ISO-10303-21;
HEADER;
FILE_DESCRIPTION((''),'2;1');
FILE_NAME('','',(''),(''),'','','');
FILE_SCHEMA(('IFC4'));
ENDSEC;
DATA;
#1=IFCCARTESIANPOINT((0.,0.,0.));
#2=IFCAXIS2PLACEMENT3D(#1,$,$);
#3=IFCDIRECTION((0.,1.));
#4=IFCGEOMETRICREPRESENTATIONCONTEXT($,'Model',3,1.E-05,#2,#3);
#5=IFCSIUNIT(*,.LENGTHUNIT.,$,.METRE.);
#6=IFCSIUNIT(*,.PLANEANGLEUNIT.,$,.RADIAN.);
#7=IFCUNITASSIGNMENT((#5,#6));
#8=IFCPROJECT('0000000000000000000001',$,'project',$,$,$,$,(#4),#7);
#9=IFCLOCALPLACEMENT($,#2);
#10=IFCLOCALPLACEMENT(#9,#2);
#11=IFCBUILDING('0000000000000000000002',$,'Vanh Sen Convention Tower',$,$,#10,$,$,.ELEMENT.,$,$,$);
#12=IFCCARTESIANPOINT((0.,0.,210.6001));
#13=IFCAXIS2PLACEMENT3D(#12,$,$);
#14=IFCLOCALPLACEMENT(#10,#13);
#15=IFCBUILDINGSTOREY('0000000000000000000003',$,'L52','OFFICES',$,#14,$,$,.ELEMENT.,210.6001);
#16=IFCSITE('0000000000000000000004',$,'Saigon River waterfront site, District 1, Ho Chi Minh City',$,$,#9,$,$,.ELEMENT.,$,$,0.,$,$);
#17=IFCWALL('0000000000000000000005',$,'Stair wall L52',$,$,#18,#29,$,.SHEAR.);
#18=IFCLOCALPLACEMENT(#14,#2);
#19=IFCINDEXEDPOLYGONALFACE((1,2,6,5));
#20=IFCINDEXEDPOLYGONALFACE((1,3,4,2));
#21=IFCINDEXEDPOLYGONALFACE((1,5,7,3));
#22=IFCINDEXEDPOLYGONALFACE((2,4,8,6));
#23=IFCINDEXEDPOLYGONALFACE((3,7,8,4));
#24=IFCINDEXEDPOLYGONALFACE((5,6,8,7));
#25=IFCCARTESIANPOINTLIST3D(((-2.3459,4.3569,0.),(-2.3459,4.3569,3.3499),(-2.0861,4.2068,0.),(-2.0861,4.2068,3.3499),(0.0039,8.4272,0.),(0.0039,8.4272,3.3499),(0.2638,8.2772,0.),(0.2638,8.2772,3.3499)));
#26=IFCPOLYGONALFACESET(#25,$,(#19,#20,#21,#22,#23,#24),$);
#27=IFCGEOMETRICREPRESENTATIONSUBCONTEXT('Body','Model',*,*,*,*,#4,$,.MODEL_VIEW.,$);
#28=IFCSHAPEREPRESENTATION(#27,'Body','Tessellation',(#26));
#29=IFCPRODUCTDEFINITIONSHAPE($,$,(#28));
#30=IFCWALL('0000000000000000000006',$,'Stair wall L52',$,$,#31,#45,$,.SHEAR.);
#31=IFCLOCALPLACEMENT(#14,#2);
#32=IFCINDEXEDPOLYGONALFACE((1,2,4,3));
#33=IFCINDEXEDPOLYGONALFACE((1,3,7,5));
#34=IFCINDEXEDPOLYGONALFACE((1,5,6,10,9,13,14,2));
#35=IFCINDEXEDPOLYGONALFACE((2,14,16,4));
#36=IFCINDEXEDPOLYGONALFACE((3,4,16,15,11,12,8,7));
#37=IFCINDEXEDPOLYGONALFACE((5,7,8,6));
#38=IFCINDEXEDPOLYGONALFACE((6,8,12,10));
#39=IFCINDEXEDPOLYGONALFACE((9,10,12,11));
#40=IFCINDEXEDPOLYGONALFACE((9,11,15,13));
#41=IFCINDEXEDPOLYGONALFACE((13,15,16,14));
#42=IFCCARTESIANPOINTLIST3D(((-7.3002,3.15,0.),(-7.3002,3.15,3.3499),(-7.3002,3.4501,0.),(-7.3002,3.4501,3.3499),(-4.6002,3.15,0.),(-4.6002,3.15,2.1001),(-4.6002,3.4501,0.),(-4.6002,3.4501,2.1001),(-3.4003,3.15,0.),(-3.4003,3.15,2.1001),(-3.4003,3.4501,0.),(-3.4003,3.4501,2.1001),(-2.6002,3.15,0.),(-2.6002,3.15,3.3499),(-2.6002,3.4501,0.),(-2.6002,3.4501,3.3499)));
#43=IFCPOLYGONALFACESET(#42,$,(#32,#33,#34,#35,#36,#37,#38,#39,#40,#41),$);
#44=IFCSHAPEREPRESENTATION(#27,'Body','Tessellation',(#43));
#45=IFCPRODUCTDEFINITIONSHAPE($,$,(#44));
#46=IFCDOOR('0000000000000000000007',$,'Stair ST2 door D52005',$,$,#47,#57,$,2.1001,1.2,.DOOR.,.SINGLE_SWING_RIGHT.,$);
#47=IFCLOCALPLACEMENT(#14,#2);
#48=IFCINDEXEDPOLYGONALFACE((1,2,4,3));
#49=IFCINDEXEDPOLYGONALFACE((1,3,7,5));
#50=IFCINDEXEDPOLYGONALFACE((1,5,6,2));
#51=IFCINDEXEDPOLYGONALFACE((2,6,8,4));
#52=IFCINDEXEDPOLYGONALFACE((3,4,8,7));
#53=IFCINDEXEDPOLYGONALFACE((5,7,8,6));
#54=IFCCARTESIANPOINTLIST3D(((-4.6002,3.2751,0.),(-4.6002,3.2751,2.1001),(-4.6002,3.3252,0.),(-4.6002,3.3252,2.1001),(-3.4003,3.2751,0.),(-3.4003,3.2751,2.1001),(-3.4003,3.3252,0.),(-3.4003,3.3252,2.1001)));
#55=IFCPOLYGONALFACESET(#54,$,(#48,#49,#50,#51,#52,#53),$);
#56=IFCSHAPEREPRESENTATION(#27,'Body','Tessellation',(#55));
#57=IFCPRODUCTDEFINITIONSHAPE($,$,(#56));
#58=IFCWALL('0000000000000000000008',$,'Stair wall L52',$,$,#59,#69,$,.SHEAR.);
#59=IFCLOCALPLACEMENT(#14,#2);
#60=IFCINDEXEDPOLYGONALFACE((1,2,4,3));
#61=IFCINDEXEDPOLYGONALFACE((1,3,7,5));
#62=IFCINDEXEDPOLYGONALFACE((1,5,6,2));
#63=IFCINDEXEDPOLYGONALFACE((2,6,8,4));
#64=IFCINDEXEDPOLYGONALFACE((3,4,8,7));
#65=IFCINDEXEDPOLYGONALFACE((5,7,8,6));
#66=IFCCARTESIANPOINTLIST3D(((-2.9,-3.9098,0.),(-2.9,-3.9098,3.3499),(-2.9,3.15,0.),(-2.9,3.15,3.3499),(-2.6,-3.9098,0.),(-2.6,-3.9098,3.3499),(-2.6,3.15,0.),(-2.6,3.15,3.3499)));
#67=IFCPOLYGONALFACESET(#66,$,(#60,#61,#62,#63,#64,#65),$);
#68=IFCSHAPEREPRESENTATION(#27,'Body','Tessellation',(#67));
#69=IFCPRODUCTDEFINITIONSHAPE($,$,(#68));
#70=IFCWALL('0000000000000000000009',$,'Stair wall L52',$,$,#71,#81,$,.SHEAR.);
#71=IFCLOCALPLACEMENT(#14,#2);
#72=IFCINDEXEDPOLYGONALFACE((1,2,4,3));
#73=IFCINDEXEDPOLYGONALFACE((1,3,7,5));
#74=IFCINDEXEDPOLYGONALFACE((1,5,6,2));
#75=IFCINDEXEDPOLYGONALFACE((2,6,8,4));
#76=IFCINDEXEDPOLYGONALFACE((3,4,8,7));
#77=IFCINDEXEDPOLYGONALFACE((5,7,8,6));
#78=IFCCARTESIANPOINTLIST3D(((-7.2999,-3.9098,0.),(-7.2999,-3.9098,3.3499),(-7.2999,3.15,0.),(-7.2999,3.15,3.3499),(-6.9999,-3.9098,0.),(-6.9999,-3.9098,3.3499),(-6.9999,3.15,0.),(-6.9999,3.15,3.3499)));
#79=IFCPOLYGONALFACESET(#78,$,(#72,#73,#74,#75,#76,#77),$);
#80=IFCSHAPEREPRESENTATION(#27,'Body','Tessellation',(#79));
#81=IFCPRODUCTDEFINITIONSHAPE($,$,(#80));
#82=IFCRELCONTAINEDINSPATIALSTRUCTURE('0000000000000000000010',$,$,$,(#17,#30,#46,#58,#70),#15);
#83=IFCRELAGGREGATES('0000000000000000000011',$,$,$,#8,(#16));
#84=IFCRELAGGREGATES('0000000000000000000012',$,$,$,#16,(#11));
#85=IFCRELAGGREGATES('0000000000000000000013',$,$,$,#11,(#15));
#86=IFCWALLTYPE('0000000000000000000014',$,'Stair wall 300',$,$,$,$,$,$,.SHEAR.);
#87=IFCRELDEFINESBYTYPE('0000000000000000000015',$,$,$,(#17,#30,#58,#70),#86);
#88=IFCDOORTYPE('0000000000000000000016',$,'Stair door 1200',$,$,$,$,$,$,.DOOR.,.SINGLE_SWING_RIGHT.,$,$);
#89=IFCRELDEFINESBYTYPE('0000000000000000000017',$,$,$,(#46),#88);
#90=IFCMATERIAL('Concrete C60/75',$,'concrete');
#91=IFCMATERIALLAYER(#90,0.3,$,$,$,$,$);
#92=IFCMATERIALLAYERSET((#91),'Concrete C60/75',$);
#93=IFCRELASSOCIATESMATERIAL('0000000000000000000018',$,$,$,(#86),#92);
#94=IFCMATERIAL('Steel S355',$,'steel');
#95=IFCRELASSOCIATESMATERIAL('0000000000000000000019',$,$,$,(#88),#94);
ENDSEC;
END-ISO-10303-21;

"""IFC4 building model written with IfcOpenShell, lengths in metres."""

from ifc_helpers import new_model, si_unit, direction, frame, frame_2d, origin, place, context, subcontext, project, spatial, rectangle, extrude, material, layer, layer_set, type_object, element, fill, save


model = new_model("IFC4")

# Units and contexts
model_context = context("Model", 3, precision=1e-05, world=origin(), true_north=direction((0.0, 1.0)))
body_context = subcontext(model_context, "Body", "Model", "MODEL_VIEW")
ifc_project = project(units=[si_unit("LENGTHUNIT", "METRE"), si_unit("PLANEANGLEUNIT", "RADIAN")], contexts=[model_context])

# Site, building, storey
site_placement = place(None, origin())
site = spatial("IfcSite", under=ifc_project, at=site_placement, Name="Saigon River waterfront site, District 1, Ho Chi Minh City", CompositionType="ELEMENT", RefElevation=0.0)
building_placement = place(site_placement, origin())
building = spatial("IfcBuilding", under=site, at=building_placement, Name="Vanh Sen Convention Tower", CompositionType="ELEMENT")
storey_placement = place(building_placement, frame((0.0, 0.0, 210.6001)))
storey = spatial("IfcBuildingStorey", under=building, at=storey_placement, Name="L52", Description="OFFICES", CompositionType="ELEMENT", Elevation=210.6001)

# Shared definitions
ifc_material_1 = material(Name="Concrete C60/75", Category="concrete")

# Shared definitions
ifc_material_2 = material(Name="Steel S355", Category="steel")

# Wall
ifc_layer_1 = layer(ifc_material_1, 0.3)
ifc_layer_set_1 = layer_set([ifc_layer_1], Name="Concrete C60/75")
wall_type_1 = type_object("IfcWallType", Name="Stair wall 300", PredefinedType="SHEAR", material=ifc_layer_set_1)
wall_1_placement = place(storey_placement, frame((-2.2161, 4.2817, 0.0), z_axis=(0.0, 0.0, 1.0), x_axis=(0.499977, 0.866039, 0.0)))
element("IfcWall", 1, at=wall_1_placement, inside=storey, type_object=wall_type_1, Name="Stair wall L52", PredefinedType="SHEAR", context=body_context, shape_type="SweptSolid", body=[
    extrude(rectangle(XDim=4.7, YDim=0.3, at=frame_2d((2.3501, 0.0))), origin(), (0.0, 0.0, 1.0), 3.3499),
])

# Wall, opening, door
wall_2_placement = place(storey_placement, frame((-2.6001, 3.3, 0.0), z_axis=(0.0, 0.0, 1.0), x_axis=(-1.0, 0.0, 0.0)))
wall_2 = element("IfcWall", 2, at=wall_2_placement, inside=storey, type_object=wall_type_1, Name="Stair wall L52", PredefinedType="SHEAR", context=body_context, shape_type="SweptSolid", body=[
    extrude(rectangle(XDim=4.7, YDim=0.3, at=frame_2d((2.3501, 0.0))), origin(), (0.0, 0.0, 1.0), 3.3499),
])
opening_1_placement = place(wall_2_placement, frame((0.8, 0.0, 0.0)))
opening_1 = element("IfcOpeningElement", 3, at=opening_1_placement, cuts=wall_2, PredefinedType="OPENING", context=body_context, shape_type="SweptSolid", body=[
    extrude(rectangle(XDim=1.2, YDim=2.1001, at=frame_2d((0.6001, 1.05))), frame((0.0, 0.1599, 0.0), z_axis=(0.0, -1.0, 0.0), x_axis=(1.0, 0.0, 0.0)), (0.0, 0.0, 1.0), 0.3201),
])
door_type_1 = type_object("IfcDoorType", Name="Stair door 1200", OperationType="SINGLE_SWING_RIGHT", PredefinedType="DOOR", material=ifc_material_2)
door_1_placement = place(opening_1_placement, origin())
door_1 = element("IfcDoor", 4, at=door_1_placement, inside=storey, type_object=door_type_1, Name="Stair ST2 door D52005", OperationType="SINGLE_SWING_RIGHT", OverallHeight=2.1001, OverallWidth=1.2, PredefinedType="DOOR", context=body_context, shape_type="SweptSolid", body=[
    extrude(rectangle(XDim=1.2, YDim=2.1001, at=frame_2d((0.6001, 1.05))), frame((0.0, 0.0249, 0.0), z_axis=(0.0, -1.0, 0.0), x_axis=(1.0, 0.0, 0.0)), (0.0, 0.0, 1.0), 0.05),
])
fill(opening_1, door_1)

# Walls
for number, where, z_axis, x_axis, name in (
    (5, (-2.75, 3.1499, 0.0), (0.0, 0.0, 1.0), (0.0, -1.0, 0.0), "Stair wall L52"),
    (6, (-7.1499, 3.1499, 0.0), (0.0, 0.0, 1.0), (0.0, -1.0, 0.0), "Stair wall L52"),
):
    element("IfcWall", number, at=place(storey_placement, frame(where, z_axis=z_axis, x_axis=x_axis)), inside=storey, type_object=wall_type_1, Name=name, PredefinedType="SHEAR", context=body_context, shape_type="SweptSolid", body=[
        extrude(rectangle(XDim=7.0598, YDim=0.3, at=frame_2d((3.5298, 0.0))), origin(), (0.0, 0.0, 1.0), 3.3499),
    ])

save(model, "model.ifc")
